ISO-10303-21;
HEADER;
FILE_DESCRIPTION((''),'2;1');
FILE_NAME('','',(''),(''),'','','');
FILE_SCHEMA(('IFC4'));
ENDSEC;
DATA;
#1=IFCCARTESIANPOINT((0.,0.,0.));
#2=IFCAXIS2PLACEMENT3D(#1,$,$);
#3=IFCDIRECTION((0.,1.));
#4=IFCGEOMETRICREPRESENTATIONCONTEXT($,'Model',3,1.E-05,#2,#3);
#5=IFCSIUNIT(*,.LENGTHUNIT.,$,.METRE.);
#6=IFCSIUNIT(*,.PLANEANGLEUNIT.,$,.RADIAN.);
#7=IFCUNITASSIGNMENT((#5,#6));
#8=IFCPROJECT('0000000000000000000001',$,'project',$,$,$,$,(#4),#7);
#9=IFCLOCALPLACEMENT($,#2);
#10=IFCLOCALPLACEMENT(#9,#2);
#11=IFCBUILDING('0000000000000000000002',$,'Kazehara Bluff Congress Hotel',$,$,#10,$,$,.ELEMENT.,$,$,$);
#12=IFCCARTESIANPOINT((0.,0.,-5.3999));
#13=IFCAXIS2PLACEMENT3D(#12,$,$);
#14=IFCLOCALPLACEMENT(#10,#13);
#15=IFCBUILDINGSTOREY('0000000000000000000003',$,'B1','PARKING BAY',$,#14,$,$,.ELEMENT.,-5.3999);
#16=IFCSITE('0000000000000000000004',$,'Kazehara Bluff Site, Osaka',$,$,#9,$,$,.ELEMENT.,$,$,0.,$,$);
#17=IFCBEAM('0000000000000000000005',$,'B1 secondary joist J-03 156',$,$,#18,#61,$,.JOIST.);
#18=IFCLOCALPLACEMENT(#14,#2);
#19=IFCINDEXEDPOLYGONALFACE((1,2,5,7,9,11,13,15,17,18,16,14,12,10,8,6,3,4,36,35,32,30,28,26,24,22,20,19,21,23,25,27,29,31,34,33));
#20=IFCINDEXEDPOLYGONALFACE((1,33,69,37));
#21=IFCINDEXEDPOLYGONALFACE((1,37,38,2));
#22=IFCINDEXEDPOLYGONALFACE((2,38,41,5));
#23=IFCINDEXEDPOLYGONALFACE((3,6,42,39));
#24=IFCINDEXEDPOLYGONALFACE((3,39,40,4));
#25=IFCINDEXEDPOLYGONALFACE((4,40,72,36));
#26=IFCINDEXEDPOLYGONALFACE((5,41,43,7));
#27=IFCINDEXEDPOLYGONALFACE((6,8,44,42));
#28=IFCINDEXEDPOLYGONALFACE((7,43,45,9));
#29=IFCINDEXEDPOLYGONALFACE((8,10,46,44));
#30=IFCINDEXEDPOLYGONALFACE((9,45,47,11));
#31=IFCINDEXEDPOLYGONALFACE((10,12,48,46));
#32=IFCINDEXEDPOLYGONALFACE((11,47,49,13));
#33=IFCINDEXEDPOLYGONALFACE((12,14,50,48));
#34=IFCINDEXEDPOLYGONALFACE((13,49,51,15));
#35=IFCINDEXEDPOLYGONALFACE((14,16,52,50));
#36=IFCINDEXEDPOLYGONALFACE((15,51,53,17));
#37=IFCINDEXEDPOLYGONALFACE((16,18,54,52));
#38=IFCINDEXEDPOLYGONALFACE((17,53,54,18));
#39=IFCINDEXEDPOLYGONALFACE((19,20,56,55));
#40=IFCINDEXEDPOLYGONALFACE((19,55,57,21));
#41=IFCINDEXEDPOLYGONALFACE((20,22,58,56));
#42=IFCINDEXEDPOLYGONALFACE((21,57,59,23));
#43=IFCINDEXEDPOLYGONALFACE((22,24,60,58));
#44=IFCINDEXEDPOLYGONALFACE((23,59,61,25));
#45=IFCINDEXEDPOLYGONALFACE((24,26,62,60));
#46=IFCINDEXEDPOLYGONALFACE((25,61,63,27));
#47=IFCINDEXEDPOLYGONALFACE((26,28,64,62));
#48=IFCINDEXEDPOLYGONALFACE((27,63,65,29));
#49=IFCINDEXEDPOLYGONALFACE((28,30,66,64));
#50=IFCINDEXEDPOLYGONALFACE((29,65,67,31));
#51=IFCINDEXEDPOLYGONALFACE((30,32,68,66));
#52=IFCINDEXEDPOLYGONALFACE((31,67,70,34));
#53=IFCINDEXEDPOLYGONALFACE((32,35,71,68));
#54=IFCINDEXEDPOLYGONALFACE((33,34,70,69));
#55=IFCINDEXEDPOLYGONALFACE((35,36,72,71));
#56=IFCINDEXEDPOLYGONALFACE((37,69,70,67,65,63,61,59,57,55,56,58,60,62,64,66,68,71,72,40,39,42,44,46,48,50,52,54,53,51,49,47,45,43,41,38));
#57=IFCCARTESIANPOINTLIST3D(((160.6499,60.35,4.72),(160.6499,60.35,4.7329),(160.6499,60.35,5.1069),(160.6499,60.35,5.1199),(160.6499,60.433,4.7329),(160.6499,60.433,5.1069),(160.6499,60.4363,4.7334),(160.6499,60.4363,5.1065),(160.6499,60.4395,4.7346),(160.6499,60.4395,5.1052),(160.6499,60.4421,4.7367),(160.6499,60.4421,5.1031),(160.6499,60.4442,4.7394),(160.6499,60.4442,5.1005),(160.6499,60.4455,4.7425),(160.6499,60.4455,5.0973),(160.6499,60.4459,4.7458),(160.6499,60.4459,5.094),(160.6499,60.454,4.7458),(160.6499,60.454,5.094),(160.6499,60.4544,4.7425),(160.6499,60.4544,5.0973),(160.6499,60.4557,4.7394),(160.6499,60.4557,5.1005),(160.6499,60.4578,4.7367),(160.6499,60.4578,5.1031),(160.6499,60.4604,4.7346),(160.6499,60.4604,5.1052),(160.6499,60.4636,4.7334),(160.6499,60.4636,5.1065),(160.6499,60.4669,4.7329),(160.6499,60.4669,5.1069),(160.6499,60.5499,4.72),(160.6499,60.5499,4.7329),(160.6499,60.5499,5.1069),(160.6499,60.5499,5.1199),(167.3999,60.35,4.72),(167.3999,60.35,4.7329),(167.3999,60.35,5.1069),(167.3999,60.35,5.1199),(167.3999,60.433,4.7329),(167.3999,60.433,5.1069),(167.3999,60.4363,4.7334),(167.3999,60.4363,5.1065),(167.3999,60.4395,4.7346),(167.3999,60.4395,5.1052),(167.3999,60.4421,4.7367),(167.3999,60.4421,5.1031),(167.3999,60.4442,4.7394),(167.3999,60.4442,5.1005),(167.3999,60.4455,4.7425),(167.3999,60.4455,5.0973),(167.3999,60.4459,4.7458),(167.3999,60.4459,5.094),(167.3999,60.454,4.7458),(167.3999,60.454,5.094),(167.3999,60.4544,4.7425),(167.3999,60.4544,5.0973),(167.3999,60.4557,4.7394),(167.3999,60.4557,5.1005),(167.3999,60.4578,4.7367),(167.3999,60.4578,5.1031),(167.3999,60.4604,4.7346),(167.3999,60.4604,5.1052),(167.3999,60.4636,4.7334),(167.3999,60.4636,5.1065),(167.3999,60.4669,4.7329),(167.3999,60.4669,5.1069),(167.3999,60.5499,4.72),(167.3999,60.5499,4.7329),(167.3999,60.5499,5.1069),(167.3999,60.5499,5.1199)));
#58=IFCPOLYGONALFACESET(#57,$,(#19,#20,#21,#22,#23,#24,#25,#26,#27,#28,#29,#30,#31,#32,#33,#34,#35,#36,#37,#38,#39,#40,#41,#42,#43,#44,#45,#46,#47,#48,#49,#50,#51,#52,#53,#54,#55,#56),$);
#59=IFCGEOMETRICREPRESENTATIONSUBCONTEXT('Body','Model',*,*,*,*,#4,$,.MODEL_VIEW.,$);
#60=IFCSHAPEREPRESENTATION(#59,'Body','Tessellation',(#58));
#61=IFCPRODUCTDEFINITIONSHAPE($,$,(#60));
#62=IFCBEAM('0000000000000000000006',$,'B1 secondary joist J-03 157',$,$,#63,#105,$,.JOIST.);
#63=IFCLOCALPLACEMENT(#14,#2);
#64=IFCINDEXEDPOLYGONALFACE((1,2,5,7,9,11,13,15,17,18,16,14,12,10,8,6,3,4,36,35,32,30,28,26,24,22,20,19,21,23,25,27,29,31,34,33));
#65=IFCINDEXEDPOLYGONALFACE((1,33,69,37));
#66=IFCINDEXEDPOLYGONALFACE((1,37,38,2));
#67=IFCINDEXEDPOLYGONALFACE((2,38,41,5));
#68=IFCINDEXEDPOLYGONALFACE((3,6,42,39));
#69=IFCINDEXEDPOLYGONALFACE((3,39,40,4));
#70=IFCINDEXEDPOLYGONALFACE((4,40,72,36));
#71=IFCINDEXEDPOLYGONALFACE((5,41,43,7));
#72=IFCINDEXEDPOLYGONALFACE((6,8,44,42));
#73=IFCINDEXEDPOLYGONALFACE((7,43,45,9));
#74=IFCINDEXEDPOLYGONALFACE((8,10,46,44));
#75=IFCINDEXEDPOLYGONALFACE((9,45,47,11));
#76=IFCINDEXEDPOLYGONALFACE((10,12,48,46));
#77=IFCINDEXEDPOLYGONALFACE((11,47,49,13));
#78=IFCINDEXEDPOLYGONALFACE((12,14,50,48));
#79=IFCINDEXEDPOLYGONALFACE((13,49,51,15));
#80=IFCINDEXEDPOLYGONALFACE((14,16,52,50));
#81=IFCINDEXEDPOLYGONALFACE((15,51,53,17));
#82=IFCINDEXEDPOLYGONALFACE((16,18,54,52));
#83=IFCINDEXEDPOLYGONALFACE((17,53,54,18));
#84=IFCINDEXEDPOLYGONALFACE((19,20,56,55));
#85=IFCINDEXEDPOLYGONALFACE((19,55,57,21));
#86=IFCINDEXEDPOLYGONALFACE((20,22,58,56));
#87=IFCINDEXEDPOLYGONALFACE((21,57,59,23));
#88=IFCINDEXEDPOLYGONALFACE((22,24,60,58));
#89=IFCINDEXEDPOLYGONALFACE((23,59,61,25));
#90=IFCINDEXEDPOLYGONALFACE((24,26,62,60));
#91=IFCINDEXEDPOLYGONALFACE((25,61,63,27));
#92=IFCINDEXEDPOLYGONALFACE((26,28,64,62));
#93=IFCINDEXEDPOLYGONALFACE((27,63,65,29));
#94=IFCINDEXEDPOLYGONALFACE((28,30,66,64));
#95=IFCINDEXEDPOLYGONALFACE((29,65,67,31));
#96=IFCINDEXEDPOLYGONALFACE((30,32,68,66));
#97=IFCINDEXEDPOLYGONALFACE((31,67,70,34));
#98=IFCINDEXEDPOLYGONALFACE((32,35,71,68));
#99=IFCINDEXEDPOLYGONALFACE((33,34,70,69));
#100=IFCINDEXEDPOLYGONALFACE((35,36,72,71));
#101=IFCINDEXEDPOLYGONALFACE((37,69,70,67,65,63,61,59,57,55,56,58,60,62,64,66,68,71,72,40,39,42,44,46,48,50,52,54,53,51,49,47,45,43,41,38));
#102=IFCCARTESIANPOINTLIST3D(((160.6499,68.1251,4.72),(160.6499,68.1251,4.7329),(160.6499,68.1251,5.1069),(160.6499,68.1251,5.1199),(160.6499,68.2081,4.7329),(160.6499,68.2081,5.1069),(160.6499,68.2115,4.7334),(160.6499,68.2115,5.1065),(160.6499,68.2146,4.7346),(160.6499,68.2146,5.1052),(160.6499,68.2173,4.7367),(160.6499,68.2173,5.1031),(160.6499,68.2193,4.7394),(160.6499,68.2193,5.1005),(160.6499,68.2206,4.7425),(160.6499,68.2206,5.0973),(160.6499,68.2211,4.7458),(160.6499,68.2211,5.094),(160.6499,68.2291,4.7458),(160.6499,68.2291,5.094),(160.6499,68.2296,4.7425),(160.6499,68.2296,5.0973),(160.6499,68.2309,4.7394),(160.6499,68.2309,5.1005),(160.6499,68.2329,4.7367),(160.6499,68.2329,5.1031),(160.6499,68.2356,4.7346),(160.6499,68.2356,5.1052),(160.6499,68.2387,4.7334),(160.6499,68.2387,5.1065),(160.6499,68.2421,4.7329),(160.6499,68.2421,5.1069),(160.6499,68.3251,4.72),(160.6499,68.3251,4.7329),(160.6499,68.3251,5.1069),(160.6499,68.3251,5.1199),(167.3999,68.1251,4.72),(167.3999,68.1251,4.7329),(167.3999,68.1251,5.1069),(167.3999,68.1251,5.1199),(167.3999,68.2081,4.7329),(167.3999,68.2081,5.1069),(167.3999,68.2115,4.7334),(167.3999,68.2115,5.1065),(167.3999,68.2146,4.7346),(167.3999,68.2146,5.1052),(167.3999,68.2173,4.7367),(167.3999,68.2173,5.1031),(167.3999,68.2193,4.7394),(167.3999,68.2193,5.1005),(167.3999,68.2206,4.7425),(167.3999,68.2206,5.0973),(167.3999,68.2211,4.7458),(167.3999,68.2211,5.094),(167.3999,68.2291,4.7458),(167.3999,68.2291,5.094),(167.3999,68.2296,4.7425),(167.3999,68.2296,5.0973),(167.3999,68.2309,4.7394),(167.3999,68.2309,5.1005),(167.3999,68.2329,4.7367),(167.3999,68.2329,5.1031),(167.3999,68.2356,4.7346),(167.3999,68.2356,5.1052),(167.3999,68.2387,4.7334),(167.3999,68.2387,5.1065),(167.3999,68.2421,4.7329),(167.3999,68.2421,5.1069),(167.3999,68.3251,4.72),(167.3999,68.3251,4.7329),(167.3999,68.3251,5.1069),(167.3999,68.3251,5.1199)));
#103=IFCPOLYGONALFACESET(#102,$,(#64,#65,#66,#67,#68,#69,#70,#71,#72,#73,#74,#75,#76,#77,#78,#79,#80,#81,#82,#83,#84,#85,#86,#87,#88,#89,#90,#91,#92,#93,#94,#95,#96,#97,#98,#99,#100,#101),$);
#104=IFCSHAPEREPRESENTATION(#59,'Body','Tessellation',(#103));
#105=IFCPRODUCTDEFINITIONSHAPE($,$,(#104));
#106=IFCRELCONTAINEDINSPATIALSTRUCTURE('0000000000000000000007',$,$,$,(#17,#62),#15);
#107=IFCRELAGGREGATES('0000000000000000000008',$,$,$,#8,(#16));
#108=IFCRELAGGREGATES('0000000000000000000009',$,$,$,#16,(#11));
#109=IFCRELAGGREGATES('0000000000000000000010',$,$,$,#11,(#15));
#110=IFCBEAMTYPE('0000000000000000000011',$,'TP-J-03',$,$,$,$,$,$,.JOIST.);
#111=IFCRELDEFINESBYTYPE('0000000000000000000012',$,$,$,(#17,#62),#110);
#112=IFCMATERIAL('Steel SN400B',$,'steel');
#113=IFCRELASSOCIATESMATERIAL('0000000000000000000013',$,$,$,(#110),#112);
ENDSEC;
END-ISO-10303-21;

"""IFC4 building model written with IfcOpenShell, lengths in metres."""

from ifc_helpers import new_model, si_unit, direction, frame, origin, origin_2d, place, context, subcontext, project, spatial, i_section, extrude, material, material_profile, profile_set, type_object, element, save


model = new_model("IFC4")

# Units and contexts
model_context = context("Model", 3, precision=1e-05, world=origin(), true_north=direction((0.0, 1.0)))
body_context = subcontext(model_context, "Body", "Model", "MODEL_VIEW")
ifc_project = project(units=[si_unit("LENGTHUNIT", "METRE"), si_unit("PLANEANGLEUNIT", "RADIAN")], contexts=[model_context])

# Site, building, storey
site_placement = place(None, origin())
site = spatial("IfcSite", under=ifc_project, at=site_placement, Name="Kazehara Bluff Site, Osaka", CompositionType="ELEMENT", RefElevation=0.0)
building_placement = place(site_placement, origin())
building = spatial("IfcBuilding", under=site, at=building_placement, Name="Kazehara Bluff Congress Hotel", CompositionType="ELEMENT")
storey_placement = place(building_placement, frame((0.0, 0.0, -5.3999)))
storey = spatial("IfcBuildingStorey", under=building, at=storey_placement, Name="B1", Description="PARKING BAY", CompositionType="ELEMENT", Elevation=-5.3999)

# Beams
ifc_material_1 = material(Name="Steel SN400B", Category="steel")
ifc_material_profile_1 = material_profile(ifc_material_1, i_section(OverallWidth=0.2, OverallDepth=0.3999, WebThickness=0.0081, FlangeThickness=0.0129, FilletRadius=0.0129, at=origin_2d()))
ifc_profile_set_1 = profile_set([ifc_material_profile_1], Name="Steel SN400B")
beam_type_1 = type_object("IfcBeamType", Name="TP-J-03", PredefinedType="JOIST", material=ifc_profile_set_1)
for number, where, z_axis, x_axis, name in (
    (1, (160.6499, 60.45, 4.9199), (1.0, 0.0, 0.0), (0.0, 1.0, 0.0), "B1 secondary joist J-03 156"),
    (2, (160.6499, 68.2251, 4.9199), (1.0, 0.0, 0.0), (0.0, 1.0, 0.0), "B1 secondary joist J-03 157"),
):
    element("IfcBeam", number, at=place(storey_placement, frame(where, z_axis=z_axis, x_axis=x_axis)), inside=storey, type_object=beam_type_1, Name=name, PredefinedType="JOIST", context=body_context, shape_type="SweptSolid", body=[
        extrude(i_section(OverallWidth=0.2, OverallDepth=0.3999, WebThickness=0.0081, FlangeThickness=0.0129, FilletRadius=0.0129, at=origin_2d()), origin(), (0.0, 0.0, 1.0), 6.75),
    ])

save(model, "model.ifc")
